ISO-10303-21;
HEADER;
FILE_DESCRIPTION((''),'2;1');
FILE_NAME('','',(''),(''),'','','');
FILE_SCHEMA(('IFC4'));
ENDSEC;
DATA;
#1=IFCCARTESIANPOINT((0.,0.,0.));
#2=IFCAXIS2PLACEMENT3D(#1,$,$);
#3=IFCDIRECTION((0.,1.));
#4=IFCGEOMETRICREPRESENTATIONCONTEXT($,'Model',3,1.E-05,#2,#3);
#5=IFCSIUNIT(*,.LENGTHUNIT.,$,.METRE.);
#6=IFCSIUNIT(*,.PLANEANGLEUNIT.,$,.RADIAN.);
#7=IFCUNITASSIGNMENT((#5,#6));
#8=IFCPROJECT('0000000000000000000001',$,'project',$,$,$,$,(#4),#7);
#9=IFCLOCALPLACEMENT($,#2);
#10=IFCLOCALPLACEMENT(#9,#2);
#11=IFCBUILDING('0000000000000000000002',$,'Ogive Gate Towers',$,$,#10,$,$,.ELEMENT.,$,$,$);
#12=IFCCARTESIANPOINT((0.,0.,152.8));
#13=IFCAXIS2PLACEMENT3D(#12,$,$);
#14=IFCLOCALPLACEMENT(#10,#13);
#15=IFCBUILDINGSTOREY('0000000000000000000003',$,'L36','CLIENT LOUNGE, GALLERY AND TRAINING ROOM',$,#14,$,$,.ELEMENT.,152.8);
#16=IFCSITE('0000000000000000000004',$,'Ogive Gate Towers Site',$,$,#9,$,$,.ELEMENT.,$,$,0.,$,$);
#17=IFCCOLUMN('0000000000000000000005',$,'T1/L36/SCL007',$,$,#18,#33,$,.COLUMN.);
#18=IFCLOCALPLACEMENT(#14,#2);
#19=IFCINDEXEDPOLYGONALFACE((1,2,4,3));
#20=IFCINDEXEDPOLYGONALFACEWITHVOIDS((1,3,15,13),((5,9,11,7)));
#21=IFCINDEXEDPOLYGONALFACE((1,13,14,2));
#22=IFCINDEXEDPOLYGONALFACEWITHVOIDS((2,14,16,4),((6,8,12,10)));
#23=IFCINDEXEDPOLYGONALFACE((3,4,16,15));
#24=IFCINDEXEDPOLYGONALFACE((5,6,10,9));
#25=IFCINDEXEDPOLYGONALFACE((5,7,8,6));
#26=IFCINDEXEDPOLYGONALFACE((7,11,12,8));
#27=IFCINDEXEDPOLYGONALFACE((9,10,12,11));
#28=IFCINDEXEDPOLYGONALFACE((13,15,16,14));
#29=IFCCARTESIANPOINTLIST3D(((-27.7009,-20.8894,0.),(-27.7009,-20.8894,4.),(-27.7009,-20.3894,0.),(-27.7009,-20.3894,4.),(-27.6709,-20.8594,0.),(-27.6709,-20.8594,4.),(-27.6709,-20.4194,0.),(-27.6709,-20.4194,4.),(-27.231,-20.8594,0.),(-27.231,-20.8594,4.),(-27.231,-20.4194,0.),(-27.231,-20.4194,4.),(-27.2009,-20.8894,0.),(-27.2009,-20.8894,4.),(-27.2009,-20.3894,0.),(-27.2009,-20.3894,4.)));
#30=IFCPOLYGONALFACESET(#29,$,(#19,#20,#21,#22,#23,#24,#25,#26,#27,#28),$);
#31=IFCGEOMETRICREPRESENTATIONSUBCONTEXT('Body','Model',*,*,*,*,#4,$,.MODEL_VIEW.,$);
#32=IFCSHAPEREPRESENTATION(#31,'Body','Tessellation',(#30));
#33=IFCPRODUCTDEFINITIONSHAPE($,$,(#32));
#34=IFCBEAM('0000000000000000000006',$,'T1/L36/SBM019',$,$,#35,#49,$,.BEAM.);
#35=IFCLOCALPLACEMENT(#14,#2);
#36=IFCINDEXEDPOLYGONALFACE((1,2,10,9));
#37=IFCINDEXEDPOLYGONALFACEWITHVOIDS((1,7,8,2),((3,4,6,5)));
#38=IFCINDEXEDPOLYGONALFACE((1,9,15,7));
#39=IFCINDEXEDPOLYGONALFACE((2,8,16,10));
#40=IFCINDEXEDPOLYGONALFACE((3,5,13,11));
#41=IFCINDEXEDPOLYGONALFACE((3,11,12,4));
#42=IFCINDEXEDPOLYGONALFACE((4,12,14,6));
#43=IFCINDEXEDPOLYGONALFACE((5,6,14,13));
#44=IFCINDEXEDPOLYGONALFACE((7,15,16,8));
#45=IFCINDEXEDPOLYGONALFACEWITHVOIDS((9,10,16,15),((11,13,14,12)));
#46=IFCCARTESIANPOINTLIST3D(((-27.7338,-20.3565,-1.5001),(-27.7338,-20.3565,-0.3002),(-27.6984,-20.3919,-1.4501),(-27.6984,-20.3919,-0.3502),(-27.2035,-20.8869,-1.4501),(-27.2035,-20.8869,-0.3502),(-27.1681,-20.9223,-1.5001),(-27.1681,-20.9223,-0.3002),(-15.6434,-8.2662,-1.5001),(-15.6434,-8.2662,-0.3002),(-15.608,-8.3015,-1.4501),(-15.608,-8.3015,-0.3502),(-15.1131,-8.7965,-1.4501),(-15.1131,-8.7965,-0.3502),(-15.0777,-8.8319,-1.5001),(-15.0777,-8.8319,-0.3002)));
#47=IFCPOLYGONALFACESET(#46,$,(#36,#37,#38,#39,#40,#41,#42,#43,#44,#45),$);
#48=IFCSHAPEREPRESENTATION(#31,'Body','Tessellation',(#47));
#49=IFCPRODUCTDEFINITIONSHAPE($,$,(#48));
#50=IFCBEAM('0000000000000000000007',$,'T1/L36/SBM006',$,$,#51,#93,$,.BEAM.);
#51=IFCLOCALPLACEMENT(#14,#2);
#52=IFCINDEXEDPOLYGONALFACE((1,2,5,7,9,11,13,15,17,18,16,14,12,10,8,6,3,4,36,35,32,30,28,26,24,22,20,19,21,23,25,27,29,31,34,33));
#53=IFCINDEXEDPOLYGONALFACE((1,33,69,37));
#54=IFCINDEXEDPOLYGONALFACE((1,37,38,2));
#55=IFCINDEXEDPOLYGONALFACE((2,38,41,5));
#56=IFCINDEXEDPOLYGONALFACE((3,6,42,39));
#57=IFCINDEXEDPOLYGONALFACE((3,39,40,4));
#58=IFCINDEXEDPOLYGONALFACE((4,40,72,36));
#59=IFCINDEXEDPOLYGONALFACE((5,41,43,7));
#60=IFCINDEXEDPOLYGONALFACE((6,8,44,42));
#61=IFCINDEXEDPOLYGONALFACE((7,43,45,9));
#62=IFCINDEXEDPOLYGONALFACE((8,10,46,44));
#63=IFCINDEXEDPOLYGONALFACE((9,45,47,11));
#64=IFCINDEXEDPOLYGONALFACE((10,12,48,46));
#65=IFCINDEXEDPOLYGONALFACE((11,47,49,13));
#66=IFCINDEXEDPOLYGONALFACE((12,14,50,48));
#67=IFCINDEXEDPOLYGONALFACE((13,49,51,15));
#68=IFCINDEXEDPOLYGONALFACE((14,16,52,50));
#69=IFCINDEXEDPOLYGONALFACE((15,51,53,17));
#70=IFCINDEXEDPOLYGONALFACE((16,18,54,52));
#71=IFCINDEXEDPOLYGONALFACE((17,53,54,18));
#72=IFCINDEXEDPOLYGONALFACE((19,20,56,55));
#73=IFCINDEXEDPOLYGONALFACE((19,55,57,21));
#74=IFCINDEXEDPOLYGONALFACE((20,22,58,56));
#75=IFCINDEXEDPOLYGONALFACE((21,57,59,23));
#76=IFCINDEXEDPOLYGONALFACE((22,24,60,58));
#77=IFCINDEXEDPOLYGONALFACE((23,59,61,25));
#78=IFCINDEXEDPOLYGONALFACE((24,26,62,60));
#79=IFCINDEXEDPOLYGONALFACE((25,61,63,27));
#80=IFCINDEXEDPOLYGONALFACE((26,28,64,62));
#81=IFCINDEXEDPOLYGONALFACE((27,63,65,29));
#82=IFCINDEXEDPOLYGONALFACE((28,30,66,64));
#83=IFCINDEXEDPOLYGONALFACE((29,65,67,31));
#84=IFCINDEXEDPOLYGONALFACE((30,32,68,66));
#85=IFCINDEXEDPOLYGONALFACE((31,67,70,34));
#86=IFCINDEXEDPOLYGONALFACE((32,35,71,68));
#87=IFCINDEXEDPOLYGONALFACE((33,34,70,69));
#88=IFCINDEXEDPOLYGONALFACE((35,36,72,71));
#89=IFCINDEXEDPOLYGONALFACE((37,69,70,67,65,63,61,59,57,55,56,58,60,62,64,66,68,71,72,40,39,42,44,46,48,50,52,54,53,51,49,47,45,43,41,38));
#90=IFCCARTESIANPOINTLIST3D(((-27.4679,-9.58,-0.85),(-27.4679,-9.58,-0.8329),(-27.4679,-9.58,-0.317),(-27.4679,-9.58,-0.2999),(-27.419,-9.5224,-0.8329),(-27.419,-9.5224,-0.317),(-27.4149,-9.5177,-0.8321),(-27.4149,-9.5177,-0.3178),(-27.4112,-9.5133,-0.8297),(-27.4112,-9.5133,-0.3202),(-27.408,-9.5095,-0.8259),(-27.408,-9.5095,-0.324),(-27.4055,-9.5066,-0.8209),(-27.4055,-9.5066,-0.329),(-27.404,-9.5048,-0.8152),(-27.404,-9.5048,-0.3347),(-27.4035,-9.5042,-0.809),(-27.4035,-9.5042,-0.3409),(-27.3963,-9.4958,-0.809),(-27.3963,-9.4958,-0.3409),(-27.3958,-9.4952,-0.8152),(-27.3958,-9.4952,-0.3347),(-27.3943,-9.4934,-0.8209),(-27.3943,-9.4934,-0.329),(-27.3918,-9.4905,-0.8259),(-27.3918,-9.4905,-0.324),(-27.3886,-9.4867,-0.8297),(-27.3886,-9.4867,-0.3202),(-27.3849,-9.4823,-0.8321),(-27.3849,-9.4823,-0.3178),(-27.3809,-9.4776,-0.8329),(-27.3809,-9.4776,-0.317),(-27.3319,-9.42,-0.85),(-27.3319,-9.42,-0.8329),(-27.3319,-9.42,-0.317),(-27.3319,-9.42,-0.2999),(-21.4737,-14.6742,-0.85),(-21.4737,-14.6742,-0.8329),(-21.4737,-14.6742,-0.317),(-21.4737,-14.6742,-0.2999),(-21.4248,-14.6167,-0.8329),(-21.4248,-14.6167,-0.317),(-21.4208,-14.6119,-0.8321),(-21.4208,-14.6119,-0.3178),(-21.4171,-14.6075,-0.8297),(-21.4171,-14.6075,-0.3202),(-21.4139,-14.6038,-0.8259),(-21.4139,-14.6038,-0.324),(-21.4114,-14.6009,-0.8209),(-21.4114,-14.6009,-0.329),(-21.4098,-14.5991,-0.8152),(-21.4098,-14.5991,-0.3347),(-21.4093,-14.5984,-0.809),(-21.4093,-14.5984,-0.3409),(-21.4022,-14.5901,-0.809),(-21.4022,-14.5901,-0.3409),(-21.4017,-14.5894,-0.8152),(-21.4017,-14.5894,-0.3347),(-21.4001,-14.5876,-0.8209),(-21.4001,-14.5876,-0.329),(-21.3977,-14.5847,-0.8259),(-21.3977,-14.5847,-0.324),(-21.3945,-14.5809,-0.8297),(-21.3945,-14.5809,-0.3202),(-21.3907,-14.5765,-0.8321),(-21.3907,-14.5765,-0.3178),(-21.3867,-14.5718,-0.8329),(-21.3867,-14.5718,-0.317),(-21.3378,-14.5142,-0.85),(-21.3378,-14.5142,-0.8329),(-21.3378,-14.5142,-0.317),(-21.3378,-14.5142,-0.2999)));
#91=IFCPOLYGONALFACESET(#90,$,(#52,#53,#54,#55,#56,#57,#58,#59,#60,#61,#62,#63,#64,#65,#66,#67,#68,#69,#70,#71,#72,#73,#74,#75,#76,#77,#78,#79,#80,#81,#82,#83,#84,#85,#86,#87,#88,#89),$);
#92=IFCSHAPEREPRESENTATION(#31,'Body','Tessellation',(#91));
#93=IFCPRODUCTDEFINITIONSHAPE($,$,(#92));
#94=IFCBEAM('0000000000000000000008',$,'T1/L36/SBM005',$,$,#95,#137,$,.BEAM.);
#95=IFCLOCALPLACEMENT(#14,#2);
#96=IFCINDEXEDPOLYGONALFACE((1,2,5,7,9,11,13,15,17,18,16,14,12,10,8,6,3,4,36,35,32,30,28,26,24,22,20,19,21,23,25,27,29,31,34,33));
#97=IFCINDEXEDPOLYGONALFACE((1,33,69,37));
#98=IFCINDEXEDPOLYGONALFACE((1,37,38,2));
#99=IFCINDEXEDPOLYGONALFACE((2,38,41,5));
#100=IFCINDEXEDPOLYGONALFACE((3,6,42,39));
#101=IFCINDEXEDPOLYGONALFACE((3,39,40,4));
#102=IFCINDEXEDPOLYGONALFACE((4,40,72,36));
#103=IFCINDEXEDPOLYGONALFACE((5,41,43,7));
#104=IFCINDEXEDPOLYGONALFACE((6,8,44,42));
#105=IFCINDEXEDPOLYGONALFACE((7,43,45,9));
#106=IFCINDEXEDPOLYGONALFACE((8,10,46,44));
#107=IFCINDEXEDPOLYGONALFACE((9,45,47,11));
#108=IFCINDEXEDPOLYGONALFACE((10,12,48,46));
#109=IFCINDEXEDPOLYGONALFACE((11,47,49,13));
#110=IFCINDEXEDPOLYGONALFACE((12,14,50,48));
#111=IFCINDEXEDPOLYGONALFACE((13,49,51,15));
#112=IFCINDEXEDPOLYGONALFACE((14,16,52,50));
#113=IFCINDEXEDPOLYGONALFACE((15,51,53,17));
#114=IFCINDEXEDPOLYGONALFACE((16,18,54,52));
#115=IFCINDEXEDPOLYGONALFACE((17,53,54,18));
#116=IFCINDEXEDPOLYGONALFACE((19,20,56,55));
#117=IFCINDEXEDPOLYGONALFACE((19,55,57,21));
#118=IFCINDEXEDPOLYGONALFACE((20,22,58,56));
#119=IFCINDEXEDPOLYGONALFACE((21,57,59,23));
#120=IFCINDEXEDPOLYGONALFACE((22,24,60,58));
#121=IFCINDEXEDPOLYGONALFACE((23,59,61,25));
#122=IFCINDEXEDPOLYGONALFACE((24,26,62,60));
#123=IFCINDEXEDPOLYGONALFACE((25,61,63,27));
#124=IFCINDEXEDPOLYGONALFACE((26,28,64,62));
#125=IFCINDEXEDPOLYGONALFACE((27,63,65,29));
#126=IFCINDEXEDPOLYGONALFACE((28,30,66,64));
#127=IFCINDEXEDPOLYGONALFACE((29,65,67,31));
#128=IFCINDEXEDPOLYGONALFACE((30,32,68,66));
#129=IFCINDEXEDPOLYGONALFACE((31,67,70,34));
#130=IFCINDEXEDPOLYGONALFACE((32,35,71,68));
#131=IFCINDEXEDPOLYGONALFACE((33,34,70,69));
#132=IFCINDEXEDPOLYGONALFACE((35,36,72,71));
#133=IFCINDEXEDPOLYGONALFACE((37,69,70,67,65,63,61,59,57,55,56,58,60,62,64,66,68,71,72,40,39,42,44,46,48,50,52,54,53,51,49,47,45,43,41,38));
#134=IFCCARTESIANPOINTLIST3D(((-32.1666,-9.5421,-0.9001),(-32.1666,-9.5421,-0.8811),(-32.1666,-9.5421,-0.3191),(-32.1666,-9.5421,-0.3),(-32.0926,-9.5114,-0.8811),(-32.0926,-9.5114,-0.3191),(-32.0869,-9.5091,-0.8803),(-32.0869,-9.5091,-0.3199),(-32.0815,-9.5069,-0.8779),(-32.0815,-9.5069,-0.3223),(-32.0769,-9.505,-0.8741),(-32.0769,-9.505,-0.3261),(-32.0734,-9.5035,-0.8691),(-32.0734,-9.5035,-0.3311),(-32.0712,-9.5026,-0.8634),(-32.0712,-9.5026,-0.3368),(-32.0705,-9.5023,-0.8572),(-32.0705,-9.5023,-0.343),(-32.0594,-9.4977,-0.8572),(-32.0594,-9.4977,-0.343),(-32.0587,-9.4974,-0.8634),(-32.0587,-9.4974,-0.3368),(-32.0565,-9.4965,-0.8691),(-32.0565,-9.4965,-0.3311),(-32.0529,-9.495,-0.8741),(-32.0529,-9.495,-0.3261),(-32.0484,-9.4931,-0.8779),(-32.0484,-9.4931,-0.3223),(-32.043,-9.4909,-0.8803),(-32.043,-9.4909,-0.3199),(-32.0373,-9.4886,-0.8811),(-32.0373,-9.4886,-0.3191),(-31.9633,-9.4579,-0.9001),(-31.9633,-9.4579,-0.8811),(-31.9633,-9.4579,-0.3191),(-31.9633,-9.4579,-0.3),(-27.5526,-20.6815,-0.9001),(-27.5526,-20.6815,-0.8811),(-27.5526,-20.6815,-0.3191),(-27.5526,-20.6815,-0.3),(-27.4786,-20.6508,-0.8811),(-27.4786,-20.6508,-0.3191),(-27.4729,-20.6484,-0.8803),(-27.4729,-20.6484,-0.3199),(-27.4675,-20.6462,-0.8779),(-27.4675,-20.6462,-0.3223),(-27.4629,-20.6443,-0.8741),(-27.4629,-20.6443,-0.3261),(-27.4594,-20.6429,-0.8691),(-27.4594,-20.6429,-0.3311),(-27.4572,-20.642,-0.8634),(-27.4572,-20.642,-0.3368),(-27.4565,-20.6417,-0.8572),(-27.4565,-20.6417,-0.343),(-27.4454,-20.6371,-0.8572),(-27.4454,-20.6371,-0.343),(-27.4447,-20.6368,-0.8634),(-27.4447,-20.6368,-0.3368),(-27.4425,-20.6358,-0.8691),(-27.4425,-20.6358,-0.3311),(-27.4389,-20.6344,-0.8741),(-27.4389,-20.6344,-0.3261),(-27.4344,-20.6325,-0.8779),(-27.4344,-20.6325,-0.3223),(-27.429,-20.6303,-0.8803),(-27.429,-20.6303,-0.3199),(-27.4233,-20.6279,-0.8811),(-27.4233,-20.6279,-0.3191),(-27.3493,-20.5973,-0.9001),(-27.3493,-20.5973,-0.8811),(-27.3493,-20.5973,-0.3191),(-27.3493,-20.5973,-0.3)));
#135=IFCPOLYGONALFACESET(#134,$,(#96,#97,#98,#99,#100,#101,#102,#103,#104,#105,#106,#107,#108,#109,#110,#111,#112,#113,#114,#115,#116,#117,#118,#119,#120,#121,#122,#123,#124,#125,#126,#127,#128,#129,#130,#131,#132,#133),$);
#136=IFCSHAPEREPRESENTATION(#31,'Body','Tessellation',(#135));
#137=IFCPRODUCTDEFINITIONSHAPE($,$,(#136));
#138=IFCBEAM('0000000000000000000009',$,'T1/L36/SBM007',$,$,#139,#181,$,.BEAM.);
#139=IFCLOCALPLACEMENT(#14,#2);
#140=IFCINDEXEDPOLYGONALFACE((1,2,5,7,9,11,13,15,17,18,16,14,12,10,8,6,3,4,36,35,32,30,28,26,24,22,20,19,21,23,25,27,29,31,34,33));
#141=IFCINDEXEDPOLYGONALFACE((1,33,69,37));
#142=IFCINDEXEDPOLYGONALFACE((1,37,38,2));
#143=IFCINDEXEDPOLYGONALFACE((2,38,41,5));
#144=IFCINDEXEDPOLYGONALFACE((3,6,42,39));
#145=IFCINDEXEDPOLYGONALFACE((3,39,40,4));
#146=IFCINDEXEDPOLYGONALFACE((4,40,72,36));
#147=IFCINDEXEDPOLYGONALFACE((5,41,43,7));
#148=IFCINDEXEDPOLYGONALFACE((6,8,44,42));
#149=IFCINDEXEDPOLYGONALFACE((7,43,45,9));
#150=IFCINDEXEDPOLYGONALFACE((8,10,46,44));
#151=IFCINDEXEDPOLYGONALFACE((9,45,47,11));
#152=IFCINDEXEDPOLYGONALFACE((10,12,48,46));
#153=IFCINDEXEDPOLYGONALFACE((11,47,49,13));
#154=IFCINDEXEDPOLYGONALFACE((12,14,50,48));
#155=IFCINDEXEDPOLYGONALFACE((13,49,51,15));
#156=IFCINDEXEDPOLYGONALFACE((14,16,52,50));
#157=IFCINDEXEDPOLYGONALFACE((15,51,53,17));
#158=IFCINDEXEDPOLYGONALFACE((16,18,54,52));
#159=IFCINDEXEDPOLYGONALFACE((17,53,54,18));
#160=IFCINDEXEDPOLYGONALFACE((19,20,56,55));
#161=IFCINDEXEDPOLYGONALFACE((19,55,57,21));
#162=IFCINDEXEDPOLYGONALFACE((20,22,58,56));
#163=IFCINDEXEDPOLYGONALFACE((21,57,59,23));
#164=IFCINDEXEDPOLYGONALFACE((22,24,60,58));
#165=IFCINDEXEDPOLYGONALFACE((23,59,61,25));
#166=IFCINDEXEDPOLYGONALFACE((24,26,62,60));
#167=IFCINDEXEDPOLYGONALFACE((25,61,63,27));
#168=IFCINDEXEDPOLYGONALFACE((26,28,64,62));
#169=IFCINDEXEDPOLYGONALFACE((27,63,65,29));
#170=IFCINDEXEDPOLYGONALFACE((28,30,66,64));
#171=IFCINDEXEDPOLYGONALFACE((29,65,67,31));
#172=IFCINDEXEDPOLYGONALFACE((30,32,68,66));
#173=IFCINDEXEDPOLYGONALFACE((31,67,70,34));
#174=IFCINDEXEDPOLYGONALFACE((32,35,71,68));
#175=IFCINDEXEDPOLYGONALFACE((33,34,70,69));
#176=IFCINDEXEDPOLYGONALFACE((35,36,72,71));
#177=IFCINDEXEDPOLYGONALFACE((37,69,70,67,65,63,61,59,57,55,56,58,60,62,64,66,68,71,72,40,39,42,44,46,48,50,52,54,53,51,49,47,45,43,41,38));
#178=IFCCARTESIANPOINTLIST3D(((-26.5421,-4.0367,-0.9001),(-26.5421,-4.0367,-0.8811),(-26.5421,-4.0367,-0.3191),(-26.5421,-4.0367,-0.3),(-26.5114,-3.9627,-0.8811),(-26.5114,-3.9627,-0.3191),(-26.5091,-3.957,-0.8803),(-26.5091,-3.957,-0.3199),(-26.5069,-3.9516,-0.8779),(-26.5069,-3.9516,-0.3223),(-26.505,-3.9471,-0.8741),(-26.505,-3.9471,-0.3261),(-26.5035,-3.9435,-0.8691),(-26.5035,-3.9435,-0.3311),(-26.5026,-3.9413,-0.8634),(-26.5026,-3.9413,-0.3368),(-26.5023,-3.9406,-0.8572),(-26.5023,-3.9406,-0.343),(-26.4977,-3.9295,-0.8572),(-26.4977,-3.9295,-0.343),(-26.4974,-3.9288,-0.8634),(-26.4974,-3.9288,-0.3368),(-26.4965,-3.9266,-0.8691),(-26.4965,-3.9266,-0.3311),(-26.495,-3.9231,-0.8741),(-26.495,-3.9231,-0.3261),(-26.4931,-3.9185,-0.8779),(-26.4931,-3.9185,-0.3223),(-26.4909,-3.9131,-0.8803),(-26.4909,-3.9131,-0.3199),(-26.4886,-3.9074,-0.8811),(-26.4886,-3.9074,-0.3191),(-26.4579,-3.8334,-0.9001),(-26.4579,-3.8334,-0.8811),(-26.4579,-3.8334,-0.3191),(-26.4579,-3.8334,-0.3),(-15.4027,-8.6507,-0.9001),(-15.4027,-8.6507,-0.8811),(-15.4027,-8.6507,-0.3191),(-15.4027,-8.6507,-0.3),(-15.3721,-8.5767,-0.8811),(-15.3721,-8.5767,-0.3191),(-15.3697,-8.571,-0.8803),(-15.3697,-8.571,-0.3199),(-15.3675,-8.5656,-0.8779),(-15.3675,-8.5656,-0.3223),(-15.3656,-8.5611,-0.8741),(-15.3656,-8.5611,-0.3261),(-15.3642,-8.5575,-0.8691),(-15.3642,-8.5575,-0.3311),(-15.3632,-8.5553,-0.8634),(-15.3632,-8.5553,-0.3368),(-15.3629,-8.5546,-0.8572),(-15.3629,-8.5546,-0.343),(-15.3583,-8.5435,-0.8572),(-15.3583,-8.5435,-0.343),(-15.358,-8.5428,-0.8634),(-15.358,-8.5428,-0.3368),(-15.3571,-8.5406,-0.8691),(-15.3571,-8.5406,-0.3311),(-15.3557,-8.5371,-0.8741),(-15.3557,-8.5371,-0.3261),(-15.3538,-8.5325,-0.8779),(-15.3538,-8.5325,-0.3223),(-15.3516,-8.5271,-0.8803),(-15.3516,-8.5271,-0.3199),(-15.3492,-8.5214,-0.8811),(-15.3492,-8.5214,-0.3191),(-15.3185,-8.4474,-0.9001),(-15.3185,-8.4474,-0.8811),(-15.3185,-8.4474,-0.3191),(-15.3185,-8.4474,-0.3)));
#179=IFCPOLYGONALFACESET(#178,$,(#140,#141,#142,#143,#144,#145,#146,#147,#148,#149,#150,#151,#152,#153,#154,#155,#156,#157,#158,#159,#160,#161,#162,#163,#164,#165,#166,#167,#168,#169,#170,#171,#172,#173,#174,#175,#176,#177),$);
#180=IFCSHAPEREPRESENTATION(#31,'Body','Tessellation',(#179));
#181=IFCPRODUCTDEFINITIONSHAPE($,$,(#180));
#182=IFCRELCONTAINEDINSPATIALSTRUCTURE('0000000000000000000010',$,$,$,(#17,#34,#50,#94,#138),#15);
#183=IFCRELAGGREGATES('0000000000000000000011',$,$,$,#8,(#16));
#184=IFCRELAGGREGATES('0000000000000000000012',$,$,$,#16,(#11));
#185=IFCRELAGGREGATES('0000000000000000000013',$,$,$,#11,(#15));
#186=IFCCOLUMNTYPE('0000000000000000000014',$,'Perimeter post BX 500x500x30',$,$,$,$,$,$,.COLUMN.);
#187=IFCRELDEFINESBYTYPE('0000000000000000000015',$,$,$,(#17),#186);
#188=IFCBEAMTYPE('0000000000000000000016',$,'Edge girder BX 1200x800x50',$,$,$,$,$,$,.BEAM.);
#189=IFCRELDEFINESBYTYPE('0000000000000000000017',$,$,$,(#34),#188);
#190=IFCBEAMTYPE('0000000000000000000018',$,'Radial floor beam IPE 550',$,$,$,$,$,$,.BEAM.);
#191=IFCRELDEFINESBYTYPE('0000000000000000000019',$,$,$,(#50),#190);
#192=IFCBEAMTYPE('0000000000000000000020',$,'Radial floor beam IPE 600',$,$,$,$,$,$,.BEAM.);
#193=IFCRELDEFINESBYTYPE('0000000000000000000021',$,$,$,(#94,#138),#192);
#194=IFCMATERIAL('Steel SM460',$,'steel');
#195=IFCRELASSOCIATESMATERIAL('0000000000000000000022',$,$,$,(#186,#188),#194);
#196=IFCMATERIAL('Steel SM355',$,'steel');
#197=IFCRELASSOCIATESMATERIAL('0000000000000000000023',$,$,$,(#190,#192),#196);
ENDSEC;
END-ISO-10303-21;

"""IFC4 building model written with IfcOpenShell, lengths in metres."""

from ifc_helpers import new_model, si_unit, direction, frame, origin, origin_2d, place, context, subcontext, project, spatial, hollow_rectangle, i_section, extrude, material, material_profile, profile_set, type_object, element, save


model = new_model("IFC4")

# Units and contexts
model_context = context("Model", 3, precision=1e-05, world=origin(), true_north=direction((0.0, 1.0)))
body_context = subcontext(model_context, "Body", "Model", "MODEL_VIEW")
ifc_project = project(units=[si_unit("LENGTHUNIT", "METRE"), si_unit("PLANEANGLEUNIT", "RADIAN")], contexts=[model_context])

# Site, building, storey
site_placement = place(None, origin())
site = spatial("IfcSite", under=ifc_project, at=site_placement, Name="Ogive Gate Towers Site", CompositionType="ELEMENT", RefElevation=0.0)
building_placement = place(site_placement, origin())
building = spatial("IfcBuilding", under=site, at=building_placement, Name="Ogive Gate Towers", CompositionType="ELEMENT")
storey_placement = place(building_placement, frame((0.0, 0.0, 152.8)))
storey = spatial("IfcBuildingStorey", under=building, at=storey_placement, Name="L36", Description="CLIENT LOUNGE, GALLERY AND TRAINING ROOM", CompositionType="ELEMENT", Elevation=152.8)

# Column
ifc_material_1 = material(Name="Steel SM460", Category="steel")
ifc_material_profile_1 = material_profile(ifc_material_1, hollow_rectangle(XDim=0.5, YDim=0.5, WallThickness=0.03, at=origin_2d()), Name="BX 500x500x30")
ifc_profile_set_1 = profile_set([ifc_material_profile_1], Name="Steel SM460")
column_type = type_object("IfcColumnType", Name="Perimeter post BX 500x500x30", PredefinedType="COLUMN", material=ifc_profile_set_1)
column_placement = place(storey_placement, frame((-27.4509, -20.6394, 0.0), z_axis=(0.0, 0.0, 1.0), x_axis=(1.0, 0.0, 0.0)))
element("IfcColumn", 1, at=column_placement, inside=storey, type_object=column_type, Name="T1/L36/SCL007", PredefinedType="COLUMN", context=body_context, shape_type="SweptSolid", body=[
    extrude(hollow_rectangle(XDim=0.5, YDim=0.5, WallThickness=0.03, at=origin_2d()), origin(), (0.0, 0.0, 1.0), 4.0),
])

# Beams
ifc_material_profile_2 = material_profile(ifc_material_1, hollow_rectangle(XDim=0.8, YDim=1.2, WallThickness=0.05, at=origin_2d()), Name="BX 1200x800x50")
ifc_profile_set_2 = profile_set([ifc_material_profile_2], Name="Steel SM460")
beam_type_1 = type_object("IfcBeamType", Name="Edge girder BX 1200x800x50", PredefinedType="BEAM", material=ifc_profile_set_2)
beam_1_placement = place(storey_placement, frame((-27.4509, -20.6394, -0.9001), z_axis=(0.707107, 0.707107, 0.0), x_axis=(-0.707107, 0.707107, 0.0)))
element("IfcBeam", 2, at=beam_1_placement, inside=storey, type_object=beam_type_1, Name="T1/L36/SBM019", PredefinedType="BEAM", context=body_context, shape_type="SweptSolid", body=[
    extrude(hollow_rectangle(XDim=0.8, YDim=1.2, WallThickness=0.05, at=origin_2d()), origin(), (0.0, 0.0, 1.0), 17.0984),
])
ifc_material_2 = material(Name="Steel SM355", Category="steel")
ifc_material_profile_3 = material_profile(ifc_material_2, i_section(OverallWidth=0.21, OverallDepth=0.55, WebThickness=0.011, FlangeThickness=0.0171, FilletRadius=0.0239, at=origin_2d()), Name="IPE 550")
ifc_profile_set_3 = profile_set([ifc_material_profile_3], Name="Steel SM355")
beam_type_2 = type_object("IfcBeamType", Name="Radial floor beam IPE 550", PredefinedType="BEAM", material=ifc_profile_set_3)
beam_2_placement = place(storey_placement, frame((-27.3999, -9.5, -0.575), z_axis=(0.761988, -0.647591, 0.0), x_axis=(0.647591, 0.761988, 0.0)))
element("IfcBeam", 3, at=beam_2_placement, inside=storey, type_object=beam_type_2, Name="T1/L36/SBM006", PredefinedType="BEAM", context=body_context, shape_type="SweptSolid", body=[
    extrude(i_section(OverallWidth=0.21, OverallDepth=0.55, WebThickness=0.011, FlangeThickness=0.0171, FilletRadius=0.0239, at=origin_2d()), origin(), (0.0, 0.0, 1.0), 7.8665),
])
ifc_material_profile_4 = material_profile(ifc_material_2, i_section(OverallWidth=0.22, OverallDepth=0.6001, WebThickness=0.012, FlangeThickness=0.019, FilletRadius=0.0239, at=origin_2d()), Name="IPE 600")
ifc_profile_set_4 = profile_set([ifc_material_profile_4], Name="Steel SM355")
beam_type_3 = type_object("IfcBeamType", Name="Radial floor beam IPE 600", PredefinedType="BEAM", material=ifc_profile_set_4)
for number, where, z_axis, x_axis, name in (
    (4, (-32.0649, -9.5, -0.6001), (0.382678, -0.923882, 0.0), (0.923882, 0.382678, 0.0), "T1/L36/SBM005"),
    (5, (-26.5, -3.9351, -0.6001), (0.923882, -0.382678, 0.0), (0.382678, 0.923882, 0.0), "T1/L36/SBM007"),
):
    element("IfcBeam", number, at=place(storey_placement, frame(where, z_axis=z_axis, x_axis=x_axis)), inside=storey, type_object=beam_type_3, Name=name, PredefinedType="BEAM", context=body_context, shape_type="SweptSolid", body=[
        extrude(i_section(OverallWidth=0.22, OverallDepth=0.6001, WebThickness=0.012, FlangeThickness=0.019, FilletRadius=0.0239, at=origin_2d()), origin(), (0.0, 0.0, 1.0), 12.0571),
    ])

save(model, "model.ifc")
